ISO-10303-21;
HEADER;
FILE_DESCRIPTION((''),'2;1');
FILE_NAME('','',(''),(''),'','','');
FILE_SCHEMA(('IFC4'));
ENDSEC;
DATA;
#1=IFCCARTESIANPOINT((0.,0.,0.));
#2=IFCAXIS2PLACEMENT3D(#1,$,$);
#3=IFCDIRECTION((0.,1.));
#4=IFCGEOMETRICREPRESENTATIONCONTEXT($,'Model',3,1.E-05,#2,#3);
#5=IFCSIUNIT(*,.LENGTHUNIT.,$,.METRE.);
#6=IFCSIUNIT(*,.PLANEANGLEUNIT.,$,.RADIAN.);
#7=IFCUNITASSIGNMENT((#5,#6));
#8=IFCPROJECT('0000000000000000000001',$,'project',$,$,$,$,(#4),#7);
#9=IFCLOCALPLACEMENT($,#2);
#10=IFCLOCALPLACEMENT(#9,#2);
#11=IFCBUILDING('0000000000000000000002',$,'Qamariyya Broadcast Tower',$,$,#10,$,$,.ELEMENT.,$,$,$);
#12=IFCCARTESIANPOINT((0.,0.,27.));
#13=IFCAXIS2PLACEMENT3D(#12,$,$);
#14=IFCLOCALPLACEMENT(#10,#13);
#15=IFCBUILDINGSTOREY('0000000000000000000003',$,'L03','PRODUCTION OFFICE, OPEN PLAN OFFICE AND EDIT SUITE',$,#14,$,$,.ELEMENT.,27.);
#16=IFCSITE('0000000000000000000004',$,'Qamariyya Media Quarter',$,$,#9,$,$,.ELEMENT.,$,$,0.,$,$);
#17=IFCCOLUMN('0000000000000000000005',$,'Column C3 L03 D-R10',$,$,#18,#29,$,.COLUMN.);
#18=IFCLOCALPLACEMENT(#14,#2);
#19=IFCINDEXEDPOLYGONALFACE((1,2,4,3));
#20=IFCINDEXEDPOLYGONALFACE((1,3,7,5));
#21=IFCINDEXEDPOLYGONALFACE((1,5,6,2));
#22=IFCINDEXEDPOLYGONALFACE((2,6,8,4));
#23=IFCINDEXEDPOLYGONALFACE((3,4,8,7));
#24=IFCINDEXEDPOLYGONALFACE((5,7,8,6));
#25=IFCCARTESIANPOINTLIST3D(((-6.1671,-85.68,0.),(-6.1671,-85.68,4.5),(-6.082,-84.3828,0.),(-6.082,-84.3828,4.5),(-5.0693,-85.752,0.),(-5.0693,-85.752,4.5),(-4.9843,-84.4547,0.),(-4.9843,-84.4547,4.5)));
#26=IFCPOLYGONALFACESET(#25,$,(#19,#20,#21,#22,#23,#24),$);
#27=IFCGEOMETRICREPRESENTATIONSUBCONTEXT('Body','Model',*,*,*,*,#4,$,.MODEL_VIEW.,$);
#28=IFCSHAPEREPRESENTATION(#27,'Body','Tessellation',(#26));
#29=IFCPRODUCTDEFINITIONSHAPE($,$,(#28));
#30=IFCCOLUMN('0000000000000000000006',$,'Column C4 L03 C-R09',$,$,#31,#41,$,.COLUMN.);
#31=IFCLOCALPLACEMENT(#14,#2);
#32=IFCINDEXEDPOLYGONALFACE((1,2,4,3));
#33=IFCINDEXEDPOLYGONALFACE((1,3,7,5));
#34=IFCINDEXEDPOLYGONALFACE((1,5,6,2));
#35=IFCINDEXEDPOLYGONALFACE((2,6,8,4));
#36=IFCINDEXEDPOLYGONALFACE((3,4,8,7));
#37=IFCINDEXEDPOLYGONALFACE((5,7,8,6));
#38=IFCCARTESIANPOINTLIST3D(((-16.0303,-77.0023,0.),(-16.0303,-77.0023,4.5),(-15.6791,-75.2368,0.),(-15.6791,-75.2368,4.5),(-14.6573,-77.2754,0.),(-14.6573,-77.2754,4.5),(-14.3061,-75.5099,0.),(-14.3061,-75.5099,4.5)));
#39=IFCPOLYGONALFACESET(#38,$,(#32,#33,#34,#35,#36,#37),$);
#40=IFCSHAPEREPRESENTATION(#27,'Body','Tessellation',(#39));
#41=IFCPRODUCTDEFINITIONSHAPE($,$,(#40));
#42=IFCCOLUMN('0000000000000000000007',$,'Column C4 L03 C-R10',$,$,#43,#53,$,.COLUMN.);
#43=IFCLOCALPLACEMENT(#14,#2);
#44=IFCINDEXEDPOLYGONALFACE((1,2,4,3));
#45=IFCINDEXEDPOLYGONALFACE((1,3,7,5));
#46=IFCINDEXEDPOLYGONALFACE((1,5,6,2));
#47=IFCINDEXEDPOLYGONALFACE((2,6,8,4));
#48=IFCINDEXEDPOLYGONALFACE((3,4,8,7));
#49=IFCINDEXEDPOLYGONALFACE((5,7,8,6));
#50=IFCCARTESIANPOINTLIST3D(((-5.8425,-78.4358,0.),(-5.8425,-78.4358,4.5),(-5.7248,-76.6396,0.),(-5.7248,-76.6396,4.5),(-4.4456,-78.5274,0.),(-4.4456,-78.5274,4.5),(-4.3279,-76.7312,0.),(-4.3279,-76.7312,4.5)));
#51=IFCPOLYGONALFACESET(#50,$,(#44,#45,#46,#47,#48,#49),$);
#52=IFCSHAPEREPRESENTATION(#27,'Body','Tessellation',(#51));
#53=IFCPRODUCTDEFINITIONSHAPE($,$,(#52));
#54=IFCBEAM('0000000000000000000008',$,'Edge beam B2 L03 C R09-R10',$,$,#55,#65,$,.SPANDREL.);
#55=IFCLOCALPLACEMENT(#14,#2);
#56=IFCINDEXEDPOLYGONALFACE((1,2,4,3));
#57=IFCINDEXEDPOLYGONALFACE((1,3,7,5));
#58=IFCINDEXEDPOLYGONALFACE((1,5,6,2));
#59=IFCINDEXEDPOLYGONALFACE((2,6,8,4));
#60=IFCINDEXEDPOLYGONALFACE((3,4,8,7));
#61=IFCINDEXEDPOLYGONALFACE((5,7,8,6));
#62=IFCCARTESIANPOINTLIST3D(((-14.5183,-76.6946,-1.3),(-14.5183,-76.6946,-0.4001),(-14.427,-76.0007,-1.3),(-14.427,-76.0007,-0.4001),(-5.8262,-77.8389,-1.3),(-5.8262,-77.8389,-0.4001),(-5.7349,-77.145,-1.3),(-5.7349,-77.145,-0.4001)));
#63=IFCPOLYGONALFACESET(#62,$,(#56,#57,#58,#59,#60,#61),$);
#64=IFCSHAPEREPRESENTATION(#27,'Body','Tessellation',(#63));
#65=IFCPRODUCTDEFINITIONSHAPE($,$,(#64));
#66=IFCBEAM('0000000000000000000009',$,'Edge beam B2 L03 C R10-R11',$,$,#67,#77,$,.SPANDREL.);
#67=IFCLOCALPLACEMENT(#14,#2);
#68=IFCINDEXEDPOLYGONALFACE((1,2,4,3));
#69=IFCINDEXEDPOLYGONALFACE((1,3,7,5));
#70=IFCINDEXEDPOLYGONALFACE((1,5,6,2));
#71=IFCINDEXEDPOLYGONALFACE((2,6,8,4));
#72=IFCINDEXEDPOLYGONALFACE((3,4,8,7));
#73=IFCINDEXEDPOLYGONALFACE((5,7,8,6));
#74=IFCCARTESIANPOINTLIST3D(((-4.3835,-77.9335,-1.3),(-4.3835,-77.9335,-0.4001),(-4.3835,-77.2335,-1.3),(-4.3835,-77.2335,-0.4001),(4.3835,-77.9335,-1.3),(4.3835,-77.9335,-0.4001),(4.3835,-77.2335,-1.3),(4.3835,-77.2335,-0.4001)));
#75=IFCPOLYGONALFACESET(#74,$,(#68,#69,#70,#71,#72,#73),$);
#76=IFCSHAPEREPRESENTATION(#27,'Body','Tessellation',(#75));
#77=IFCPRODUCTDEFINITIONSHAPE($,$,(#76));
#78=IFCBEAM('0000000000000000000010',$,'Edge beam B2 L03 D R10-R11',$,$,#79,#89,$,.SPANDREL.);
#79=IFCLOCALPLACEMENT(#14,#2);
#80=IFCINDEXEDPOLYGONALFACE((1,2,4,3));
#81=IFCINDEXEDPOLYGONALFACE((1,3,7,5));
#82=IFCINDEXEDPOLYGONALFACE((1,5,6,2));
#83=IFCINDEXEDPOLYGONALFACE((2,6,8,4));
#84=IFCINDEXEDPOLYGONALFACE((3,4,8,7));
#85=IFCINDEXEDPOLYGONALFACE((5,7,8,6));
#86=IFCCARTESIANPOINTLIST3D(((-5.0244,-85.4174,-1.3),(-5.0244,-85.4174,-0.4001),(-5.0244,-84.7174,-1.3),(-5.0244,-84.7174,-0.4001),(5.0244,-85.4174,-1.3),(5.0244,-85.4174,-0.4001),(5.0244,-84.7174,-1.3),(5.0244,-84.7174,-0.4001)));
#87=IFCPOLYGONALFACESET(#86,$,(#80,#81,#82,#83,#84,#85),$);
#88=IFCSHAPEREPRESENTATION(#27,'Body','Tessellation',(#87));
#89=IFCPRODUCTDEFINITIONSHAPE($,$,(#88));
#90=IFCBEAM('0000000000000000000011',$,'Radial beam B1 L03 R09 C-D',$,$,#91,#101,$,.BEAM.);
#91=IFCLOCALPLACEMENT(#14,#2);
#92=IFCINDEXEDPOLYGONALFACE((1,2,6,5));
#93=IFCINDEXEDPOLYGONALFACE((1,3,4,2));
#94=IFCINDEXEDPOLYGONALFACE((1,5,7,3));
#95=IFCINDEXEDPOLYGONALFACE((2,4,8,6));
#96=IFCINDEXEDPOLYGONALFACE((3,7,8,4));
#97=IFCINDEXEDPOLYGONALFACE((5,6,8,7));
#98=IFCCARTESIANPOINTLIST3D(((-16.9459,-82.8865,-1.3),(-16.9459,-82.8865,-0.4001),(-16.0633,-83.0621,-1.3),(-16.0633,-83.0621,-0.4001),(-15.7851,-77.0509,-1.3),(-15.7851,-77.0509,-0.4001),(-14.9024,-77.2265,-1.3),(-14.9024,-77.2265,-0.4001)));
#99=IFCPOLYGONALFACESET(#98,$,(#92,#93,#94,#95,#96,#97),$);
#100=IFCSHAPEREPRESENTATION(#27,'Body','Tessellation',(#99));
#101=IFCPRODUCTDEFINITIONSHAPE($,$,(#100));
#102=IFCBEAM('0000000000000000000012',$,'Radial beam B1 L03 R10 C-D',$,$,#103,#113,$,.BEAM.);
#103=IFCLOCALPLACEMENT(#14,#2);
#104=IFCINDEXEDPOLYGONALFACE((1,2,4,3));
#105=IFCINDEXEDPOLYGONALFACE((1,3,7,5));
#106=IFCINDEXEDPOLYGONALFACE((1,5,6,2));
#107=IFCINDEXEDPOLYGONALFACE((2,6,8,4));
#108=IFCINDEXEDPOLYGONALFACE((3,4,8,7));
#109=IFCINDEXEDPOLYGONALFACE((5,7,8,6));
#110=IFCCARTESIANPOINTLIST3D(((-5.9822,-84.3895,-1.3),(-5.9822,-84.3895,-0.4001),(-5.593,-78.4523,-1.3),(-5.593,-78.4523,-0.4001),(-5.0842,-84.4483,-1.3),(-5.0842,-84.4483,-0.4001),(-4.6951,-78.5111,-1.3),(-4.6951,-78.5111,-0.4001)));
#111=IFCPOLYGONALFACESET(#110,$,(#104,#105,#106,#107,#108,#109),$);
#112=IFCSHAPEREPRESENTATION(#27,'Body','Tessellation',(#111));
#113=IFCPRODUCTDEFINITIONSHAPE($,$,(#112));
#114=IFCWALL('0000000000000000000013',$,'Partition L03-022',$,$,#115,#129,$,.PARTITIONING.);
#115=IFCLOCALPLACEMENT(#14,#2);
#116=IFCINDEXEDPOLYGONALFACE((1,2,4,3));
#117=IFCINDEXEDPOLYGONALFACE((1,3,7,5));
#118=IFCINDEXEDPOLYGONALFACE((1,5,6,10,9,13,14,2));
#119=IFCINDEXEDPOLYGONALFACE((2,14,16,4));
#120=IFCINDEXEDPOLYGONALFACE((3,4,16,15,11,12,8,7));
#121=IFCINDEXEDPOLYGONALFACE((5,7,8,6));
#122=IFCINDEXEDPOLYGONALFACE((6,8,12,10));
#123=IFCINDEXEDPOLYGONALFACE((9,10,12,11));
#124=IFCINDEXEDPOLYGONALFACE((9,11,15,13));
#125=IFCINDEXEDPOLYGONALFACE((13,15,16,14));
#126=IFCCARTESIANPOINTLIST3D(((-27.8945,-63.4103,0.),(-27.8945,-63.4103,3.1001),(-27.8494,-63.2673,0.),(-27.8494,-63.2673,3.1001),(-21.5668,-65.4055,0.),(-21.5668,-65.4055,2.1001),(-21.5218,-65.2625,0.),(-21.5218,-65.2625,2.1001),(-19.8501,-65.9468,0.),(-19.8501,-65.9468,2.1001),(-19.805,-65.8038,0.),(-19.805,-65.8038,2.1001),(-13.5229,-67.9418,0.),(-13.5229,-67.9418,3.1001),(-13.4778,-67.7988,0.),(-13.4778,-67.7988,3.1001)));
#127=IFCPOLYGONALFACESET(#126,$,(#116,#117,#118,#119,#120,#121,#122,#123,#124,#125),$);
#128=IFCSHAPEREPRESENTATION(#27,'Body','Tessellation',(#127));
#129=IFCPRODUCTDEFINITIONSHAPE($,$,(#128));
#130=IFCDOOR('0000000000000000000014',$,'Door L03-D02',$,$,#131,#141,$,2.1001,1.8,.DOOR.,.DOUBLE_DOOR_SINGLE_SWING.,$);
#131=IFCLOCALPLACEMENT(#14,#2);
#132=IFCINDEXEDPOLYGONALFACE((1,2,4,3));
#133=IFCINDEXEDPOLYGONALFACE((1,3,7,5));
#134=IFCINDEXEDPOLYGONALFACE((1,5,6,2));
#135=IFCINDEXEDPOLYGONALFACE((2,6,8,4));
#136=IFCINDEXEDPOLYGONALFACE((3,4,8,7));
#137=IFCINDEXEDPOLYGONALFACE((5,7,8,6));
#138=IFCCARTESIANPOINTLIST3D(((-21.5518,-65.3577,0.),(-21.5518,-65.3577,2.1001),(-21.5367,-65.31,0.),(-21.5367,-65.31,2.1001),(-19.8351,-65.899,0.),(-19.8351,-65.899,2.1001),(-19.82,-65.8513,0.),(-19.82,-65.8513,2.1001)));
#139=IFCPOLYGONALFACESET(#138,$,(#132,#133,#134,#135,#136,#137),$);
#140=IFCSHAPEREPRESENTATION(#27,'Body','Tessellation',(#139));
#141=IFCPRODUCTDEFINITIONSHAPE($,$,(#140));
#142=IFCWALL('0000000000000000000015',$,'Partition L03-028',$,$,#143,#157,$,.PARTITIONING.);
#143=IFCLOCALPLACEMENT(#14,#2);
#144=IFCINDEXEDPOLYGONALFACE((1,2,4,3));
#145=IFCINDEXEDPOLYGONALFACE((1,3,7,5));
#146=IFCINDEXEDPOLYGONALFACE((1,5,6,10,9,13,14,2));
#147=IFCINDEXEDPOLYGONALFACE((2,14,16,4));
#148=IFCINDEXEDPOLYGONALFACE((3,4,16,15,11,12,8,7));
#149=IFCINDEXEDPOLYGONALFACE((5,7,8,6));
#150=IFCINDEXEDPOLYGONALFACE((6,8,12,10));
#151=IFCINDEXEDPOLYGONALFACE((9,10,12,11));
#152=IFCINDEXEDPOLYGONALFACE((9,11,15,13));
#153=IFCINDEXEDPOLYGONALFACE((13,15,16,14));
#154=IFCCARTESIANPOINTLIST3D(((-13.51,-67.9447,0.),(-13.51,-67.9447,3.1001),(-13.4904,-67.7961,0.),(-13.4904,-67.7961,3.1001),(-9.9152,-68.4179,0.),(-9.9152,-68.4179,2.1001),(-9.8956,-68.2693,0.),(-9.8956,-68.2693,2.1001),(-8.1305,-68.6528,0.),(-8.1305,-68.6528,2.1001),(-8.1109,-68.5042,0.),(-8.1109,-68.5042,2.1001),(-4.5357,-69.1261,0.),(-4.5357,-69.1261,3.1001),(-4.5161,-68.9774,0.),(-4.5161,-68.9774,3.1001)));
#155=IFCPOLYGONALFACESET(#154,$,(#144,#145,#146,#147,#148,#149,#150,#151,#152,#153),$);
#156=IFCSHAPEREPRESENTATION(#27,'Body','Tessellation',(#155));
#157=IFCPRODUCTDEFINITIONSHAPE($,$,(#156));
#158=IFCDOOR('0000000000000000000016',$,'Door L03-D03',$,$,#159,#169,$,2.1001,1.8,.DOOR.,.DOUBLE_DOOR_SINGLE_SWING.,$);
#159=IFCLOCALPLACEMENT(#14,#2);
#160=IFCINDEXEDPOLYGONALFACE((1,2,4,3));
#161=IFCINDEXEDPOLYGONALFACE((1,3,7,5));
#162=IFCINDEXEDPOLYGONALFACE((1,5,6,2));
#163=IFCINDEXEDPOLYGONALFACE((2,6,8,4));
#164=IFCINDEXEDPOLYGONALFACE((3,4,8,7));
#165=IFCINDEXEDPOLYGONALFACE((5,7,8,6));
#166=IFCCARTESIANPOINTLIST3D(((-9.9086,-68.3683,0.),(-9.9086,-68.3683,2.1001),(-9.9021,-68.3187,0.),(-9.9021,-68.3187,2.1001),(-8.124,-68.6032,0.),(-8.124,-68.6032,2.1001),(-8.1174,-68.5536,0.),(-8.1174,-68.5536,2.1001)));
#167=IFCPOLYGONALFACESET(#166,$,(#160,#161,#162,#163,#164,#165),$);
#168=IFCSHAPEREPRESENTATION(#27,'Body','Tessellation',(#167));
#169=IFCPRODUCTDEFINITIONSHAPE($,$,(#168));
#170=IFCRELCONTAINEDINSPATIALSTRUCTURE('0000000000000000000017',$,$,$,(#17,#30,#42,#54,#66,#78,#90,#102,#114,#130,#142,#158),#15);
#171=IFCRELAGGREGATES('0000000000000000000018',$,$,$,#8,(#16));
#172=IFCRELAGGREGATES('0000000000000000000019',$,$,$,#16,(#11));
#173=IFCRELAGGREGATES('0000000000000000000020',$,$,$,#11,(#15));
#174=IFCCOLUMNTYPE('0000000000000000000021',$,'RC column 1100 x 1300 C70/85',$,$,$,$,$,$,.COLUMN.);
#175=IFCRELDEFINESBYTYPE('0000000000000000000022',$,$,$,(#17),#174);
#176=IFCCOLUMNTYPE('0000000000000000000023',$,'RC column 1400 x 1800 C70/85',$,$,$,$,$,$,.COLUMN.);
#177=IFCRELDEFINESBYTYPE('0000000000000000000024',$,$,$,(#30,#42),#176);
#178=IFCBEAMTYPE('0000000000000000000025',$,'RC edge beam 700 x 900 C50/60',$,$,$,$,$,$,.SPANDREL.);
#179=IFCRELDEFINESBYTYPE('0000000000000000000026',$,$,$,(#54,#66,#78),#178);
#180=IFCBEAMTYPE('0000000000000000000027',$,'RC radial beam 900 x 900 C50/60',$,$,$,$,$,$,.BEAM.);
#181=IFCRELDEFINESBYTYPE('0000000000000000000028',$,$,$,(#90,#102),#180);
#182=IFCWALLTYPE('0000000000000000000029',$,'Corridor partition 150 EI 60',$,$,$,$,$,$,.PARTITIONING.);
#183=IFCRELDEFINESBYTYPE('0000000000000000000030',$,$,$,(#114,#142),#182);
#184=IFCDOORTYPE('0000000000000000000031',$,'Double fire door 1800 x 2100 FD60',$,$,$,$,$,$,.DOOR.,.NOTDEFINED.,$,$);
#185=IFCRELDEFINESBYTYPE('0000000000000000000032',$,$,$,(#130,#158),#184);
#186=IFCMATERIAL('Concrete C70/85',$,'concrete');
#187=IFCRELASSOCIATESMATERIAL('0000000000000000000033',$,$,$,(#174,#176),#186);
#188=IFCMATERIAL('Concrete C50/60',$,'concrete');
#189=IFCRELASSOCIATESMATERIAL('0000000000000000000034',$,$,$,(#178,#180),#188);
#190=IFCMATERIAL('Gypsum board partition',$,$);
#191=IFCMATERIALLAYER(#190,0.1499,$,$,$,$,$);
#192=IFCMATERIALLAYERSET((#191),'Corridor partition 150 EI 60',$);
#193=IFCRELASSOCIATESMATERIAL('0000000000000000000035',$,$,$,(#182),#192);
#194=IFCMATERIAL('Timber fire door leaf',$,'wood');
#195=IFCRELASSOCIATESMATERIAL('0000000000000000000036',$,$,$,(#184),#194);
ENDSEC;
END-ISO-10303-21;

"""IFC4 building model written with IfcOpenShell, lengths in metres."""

from ifc_helpers import new_model, si_unit, direction, frame, frame_2d, origin, origin_2d, place, context, subcontext, project, spatial, rectangle, extrude, material, layer, layer_set, material_profile, profile_set, type_object, element, fill, save


model = new_model("IFC4")

# Units and contexts
model_context = context("Model", 3, precision=1e-05, world=origin(), true_north=direction((0.0, 1.0)))
body_context = subcontext(model_context, "Body", "Model", "MODEL_VIEW")
ifc_project = project(units=[si_unit("LENGTHUNIT", "METRE"), si_unit("PLANEANGLEUNIT", "RADIAN")], contexts=[model_context])

# Site, building, storey
site_placement = place(None, origin())
site = spatial("IfcSite", under=ifc_project, at=site_placement, Name="Qamariyya Media Quarter", CompositionType="ELEMENT", RefElevation=0.0)
building_placement = place(site_placement, origin())
building = spatial("IfcBuilding", under=site, at=building_placement, Name="Qamariyya Broadcast Tower", CompositionType="ELEMENT")
storey_placement = place(building_placement, frame((0.0, 0.0, 27.0)))
storey = spatial("IfcBuildingStorey", under=building, at=storey_placement, Name="L03", Description="PRODUCTION OFFICE, OPEN PLAN OFFICE AND EDIT SUITE", CompositionType="ELEMENT", Elevation=27.0)

# Columns
ifc_material_1 = material(Name="Concrete C70/85", Category="concrete")
ifc_material_profile_1 = material_profile(ifc_material_1, rectangle(XDim=1.1001, YDim=1.3, at=origin_2d()))
ifc_profile_set_1 = profile_set([ifc_material_profile_1], Name="Concrete C70/85")
column_type_1 = type_object("IfcColumnType", Name="RC column 1100 x 1300 C70/85", PredefinedType="COLUMN", material=ifc_profile_set_1)
column_placement = place(storey_placement, frame((-5.5757, -85.0674, 0.0), z_axis=(0.0, 0.0, 1.0), x_axis=(0.997859, -0.065403, 0.0)))
element("IfcColumn", 1, at=column_placement, inside=storey, type_object=column_type_1, Name="Column C3 L03 D-R10", PredefinedType="COLUMN", context=body_context, shape_type="SweptSolid", body=[
    extrude(rectangle(XDim=1.1001, YDim=1.3, at=origin_2d()), origin(), (0.0, 0.0, 1.0), 4.5),
])
ifc_material_profile_2 = material_profile(ifc_material_1, rectangle(XDim=1.3999, YDim=1.8, at=origin_2d()))
ifc_profile_set_2 = profile_set([ifc_material_profile_2], Name="Concrete C70/85")
column_type_2 = type_object("IfcColumnType", Name="RC column 1400 x 1800 C70/85", PredefinedType="COLUMN", material=ifc_profile_set_2)
for number, where, z_axis, x_axis, name in (
    (2, (-15.1682, -76.2561, 0.0), (0.0, 0.0, 1.0), (0.980785, -0.19509, 0.0), "Column C4 L03 C-R09"),
    (3, (-5.0852, -77.5835, 0.0), (0.0, 0.0, 1.0), (0.997859, -0.065403, 0.0), "Column C4 L03 C-R10"),
):
    element("IfcColumn", number, at=place(storey_placement, frame(where, z_axis=z_axis, x_axis=x_axis)), inside=storey, type_object=column_type_2, Name=name, PredefinedType="COLUMN", context=body_context, shape_type="SweptSolid", body=[
        extrude(rectangle(XDim=1.3999, YDim=1.8, at=origin_2d()), origin(), (0.0, 0.0, 1.0), 4.5),
    ])

# Beams
ifc_material_2 = material(Name="Concrete C50/60", Category="concrete")
ifc_material_profile_3 = material_profile(ifc_material_2, rectangle(XDim=0.7, YDim=0.8999, at=origin_2d()))
ifc_profile_set_3 = profile_set([ifc_material_profile_3], Name="Concrete C50/60")
beam_type_1 = type_object("IfcBeamType", Name="RC edge beam 700 x 900 C50/60", PredefinedType="SPANDREL", material=ifc_profile_set_3)
for number, where, z_axis, x_axis, name in (
    (4, (-14.4727, -76.3477, -0.8501), (0.991446, -0.13052, 0.0), (0.13052, 0.991446, 0.0), "Edge beam B2 L03 C R09-R10"),
    (5, (-4.3835, -77.5835, -0.8501), (1.0, 0.0, 0.0), (0.0, 1.0, 0.0), "Edge beam B2 L03 C R10-R11"),
):
    element("IfcBeam", number, at=place(storey_placement, frame(where, z_axis=z_axis, x_axis=x_axis)), inside=storey, type_object=beam_type_1, Name=name, PredefinedType="SPANDREL", context=body_context, shape_type="SweptSolid", body=[
        extrude(rectangle(XDim=0.7, YDim=0.8999, at=origin_2d()), origin(), (0.0, 0.0, 1.0), 8.7671),
    ])
beam_placement = place(storey_placement, frame((-5.0244, -85.0674, -0.8501), z_axis=(1.0, 0.0, 0.0), x_axis=(0.0, 1.0, 0.0)))
element("IfcBeam", 6, at=beam_placement, inside=storey, type_object=beam_type_1, Name="Edge beam B2 L03 D R10-R11", PredefinedType="SPANDREL", context=body_context, shape_type="SweptSolid", body=[
    extrude(rectangle(XDim=0.7, YDim=0.8999, at=origin_2d()), origin(), (0.0, 0.0, 1.0), 10.0488),
])
ifc_material_profile_4 = material_profile(ifc_material_2, rectangle(XDim=0.8999, YDim=0.8999, at=origin_2d()))
ifc_profile_set_4 = profile_set([ifc_material_profile_4], Name="Concrete C50/60")
beam_type_2 = type_object("IfcBeamType", Name="RC radial beam 900 x 900 C50/60", PredefinedType="BEAM", material=ifc_profile_set_4)
for number, where, z_axis, x_axis, name in (
    (7, (-15.3438, -77.1387, -0.8501), (-0.195106, -0.980782, 0.0), (0.980782, -0.195106, 0.0), "Radial beam B1 L03 R09 C-D"),
    (8, (-5.144, -78.4817, -0.8501), (-0.065405, -0.997859, 0.0), (0.997859, -0.065405, 0.0), "Radial beam B1 L03 R10 C-D"),
):
    element("IfcBeam", number, at=place(storey_placement, frame(where, z_axis=z_axis, x_axis=x_axis)), inside=storey, type_object=beam_type_2, Name=name, PredefinedType="BEAM", context=body_context, shape_type="SweptSolid", body=[
        extrude(rectangle(XDim=0.8999, YDim=0.8999, at=origin_2d()), origin(), (0.0, 0.0, 1.0), 5.95),
    ])

# Walls, openings, doors
ifc_material_3 = material(Name="Gypsum board partition")
ifc_layer_1 = layer(ifc_material_3, 0.1499)
ifc_layer_set_1 = layer_set([ifc_layer_1], Name="Corridor partition 150 EI 60")
wall_type_1 = type_object("IfcWallType", Name="Corridor partition 150 EI 60", PredefinedType="PARTITIONING", material=ifc_layer_set_1)
wall_1_placement = place(storey_placement, frame((-13.5002, -67.8704, 0.0), z_axis=(0.0, 0.0, 1.0), x_axis=(-0.953714, 0.300715, 0.0)))
wall_1 = element("IfcWall", 9, at=wall_1_placement, inside=storey, type_object=wall_type_1, Name="Partition L03-022", PredefinedType="PARTITIONING", context=body_context, shape_type="SweptSolid", body=[
    extrude(rectangle(XDim=15.0691, YDim=0.1499, at=frame_2d((7.5347, 0.0))), origin(), (0.0, 0.0, 1.0), 3.1001),
])
opening_1_placement = place(wall_1_placement, frame((6.6345, 0.0, 0.0)))
opening_1 = element("IfcOpeningElement", 10, at=opening_1_placement, cuts=wall_1, PredefinedType="OPENING", context=body_context, shape_type="SweptSolid", body=[
    extrude(rectangle(XDim=1.8, YDim=2.1001, at=frame_2d((0.8999, 1.05))), frame((0.0, 0.085, 0.0), z_axis=(0.0, -1.0, 0.0), x_axis=(1.0, 0.0, 0.0)), (0.0, 0.0, 1.0), 0.1699),
])
ifc_material_4 = material(Name="Timber fire door leaf", Category="wood")
door_type_1 = type_object("IfcDoorType", Name="Double fire door 1800 x 2100 FD60", OperationType="NOTDEFINED", PredefinedType="DOOR", material=ifc_material_4)
door_1_placement = place(opening_1_placement, origin())
door_1 = element("IfcDoor", 11, at=door_1_placement, inside=storey, type_object=door_type_1, Name="Door L03-D02", OperationType="DOUBLE_DOOR_SINGLE_SWING", OverallHeight=2.1001, OverallWidth=1.8, PredefinedType="DOOR", context=body_context, shape_type="SweptSolid", body=[
    extrude(rectangle(XDim=1.8, YDim=2.1001, at=frame_2d((0.8999, 1.05))), frame((0.0, 0.0249, 0.0), z_axis=(0.0, -1.0, 0.0), x_axis=(1.0, 0.0, 0.0)), (0.0, 0.0, 1.0), 0.05),
])
fill(opening_1, door_1)
wall_2_placement = place(storey_placement, frame((-4.5259, -69.0518, 0.0), z_axis=(0.0, 0.0, 1.0), x_axis=(-0.991446, 0.130515, 0.0)))
wall_2 = element("IfcWall", 12, at=wall_2_placement, inside=storey, type_object=wall_type_1, Name="Partition L03-028", PredefinedType="PARTITIONING", context=body_context, shape_type="SweptSolid", body=[
    extrude(rectangle(XDim=9.0518, YDim=0.1499, at=frame_2d((4.5259, 0.0))), origin(), (0.0, 0.0, 1.0), 3.1001),
])
opening_2_placement = place(wall_2_placement, frame((3.626, 0.0, 0.0)))
opening_2 = element("IfcOpeningElement", 13, at=opening_2_placement, cuts=wall_2, PredefinedType="OPENING", context=body_context, shape_type="SweptSolid", body=[
    extrude(rectangle(XDim=1.8, YDim=2.1001, at=frame_2d((0.8999, 1.05))), frame((0.0, 0.085, 0.0), z_axis=(0.0, -1.0, 0.0), x_axis=(1.0, 0.0, 0.0)), (0.0, 0.0, 1.0), 0.1699),
])
door_2_placement = place(opening_2_placement, origin())
door_2 = element("IfcDoor", 14, at=door_2_placement, inside=storey, type_object=door_type_1, Name="Door L03-D03", OperationType="DOUBLE_DOOR_SINGLE_SWING", OverallHeight=2.1001, OverallWidth=1.8, PredefinedType="DOOR", context=body_context, shape_type="SweptSolid", body=[
    extrude(rectangle(XDim=1.8, YDim=2.1001, at=frame_2d((0.8999, 1.05))), frame((0.0, 0.0249, 0.0), z_axis=(0.0, -1.0, 0.0), x_axis=(1.0, 0.0, 0.0)), (0.0, 0.0, 1.0), 0.05),
])
fill(opening_2, door_2)

save(model, "model.ifc")
